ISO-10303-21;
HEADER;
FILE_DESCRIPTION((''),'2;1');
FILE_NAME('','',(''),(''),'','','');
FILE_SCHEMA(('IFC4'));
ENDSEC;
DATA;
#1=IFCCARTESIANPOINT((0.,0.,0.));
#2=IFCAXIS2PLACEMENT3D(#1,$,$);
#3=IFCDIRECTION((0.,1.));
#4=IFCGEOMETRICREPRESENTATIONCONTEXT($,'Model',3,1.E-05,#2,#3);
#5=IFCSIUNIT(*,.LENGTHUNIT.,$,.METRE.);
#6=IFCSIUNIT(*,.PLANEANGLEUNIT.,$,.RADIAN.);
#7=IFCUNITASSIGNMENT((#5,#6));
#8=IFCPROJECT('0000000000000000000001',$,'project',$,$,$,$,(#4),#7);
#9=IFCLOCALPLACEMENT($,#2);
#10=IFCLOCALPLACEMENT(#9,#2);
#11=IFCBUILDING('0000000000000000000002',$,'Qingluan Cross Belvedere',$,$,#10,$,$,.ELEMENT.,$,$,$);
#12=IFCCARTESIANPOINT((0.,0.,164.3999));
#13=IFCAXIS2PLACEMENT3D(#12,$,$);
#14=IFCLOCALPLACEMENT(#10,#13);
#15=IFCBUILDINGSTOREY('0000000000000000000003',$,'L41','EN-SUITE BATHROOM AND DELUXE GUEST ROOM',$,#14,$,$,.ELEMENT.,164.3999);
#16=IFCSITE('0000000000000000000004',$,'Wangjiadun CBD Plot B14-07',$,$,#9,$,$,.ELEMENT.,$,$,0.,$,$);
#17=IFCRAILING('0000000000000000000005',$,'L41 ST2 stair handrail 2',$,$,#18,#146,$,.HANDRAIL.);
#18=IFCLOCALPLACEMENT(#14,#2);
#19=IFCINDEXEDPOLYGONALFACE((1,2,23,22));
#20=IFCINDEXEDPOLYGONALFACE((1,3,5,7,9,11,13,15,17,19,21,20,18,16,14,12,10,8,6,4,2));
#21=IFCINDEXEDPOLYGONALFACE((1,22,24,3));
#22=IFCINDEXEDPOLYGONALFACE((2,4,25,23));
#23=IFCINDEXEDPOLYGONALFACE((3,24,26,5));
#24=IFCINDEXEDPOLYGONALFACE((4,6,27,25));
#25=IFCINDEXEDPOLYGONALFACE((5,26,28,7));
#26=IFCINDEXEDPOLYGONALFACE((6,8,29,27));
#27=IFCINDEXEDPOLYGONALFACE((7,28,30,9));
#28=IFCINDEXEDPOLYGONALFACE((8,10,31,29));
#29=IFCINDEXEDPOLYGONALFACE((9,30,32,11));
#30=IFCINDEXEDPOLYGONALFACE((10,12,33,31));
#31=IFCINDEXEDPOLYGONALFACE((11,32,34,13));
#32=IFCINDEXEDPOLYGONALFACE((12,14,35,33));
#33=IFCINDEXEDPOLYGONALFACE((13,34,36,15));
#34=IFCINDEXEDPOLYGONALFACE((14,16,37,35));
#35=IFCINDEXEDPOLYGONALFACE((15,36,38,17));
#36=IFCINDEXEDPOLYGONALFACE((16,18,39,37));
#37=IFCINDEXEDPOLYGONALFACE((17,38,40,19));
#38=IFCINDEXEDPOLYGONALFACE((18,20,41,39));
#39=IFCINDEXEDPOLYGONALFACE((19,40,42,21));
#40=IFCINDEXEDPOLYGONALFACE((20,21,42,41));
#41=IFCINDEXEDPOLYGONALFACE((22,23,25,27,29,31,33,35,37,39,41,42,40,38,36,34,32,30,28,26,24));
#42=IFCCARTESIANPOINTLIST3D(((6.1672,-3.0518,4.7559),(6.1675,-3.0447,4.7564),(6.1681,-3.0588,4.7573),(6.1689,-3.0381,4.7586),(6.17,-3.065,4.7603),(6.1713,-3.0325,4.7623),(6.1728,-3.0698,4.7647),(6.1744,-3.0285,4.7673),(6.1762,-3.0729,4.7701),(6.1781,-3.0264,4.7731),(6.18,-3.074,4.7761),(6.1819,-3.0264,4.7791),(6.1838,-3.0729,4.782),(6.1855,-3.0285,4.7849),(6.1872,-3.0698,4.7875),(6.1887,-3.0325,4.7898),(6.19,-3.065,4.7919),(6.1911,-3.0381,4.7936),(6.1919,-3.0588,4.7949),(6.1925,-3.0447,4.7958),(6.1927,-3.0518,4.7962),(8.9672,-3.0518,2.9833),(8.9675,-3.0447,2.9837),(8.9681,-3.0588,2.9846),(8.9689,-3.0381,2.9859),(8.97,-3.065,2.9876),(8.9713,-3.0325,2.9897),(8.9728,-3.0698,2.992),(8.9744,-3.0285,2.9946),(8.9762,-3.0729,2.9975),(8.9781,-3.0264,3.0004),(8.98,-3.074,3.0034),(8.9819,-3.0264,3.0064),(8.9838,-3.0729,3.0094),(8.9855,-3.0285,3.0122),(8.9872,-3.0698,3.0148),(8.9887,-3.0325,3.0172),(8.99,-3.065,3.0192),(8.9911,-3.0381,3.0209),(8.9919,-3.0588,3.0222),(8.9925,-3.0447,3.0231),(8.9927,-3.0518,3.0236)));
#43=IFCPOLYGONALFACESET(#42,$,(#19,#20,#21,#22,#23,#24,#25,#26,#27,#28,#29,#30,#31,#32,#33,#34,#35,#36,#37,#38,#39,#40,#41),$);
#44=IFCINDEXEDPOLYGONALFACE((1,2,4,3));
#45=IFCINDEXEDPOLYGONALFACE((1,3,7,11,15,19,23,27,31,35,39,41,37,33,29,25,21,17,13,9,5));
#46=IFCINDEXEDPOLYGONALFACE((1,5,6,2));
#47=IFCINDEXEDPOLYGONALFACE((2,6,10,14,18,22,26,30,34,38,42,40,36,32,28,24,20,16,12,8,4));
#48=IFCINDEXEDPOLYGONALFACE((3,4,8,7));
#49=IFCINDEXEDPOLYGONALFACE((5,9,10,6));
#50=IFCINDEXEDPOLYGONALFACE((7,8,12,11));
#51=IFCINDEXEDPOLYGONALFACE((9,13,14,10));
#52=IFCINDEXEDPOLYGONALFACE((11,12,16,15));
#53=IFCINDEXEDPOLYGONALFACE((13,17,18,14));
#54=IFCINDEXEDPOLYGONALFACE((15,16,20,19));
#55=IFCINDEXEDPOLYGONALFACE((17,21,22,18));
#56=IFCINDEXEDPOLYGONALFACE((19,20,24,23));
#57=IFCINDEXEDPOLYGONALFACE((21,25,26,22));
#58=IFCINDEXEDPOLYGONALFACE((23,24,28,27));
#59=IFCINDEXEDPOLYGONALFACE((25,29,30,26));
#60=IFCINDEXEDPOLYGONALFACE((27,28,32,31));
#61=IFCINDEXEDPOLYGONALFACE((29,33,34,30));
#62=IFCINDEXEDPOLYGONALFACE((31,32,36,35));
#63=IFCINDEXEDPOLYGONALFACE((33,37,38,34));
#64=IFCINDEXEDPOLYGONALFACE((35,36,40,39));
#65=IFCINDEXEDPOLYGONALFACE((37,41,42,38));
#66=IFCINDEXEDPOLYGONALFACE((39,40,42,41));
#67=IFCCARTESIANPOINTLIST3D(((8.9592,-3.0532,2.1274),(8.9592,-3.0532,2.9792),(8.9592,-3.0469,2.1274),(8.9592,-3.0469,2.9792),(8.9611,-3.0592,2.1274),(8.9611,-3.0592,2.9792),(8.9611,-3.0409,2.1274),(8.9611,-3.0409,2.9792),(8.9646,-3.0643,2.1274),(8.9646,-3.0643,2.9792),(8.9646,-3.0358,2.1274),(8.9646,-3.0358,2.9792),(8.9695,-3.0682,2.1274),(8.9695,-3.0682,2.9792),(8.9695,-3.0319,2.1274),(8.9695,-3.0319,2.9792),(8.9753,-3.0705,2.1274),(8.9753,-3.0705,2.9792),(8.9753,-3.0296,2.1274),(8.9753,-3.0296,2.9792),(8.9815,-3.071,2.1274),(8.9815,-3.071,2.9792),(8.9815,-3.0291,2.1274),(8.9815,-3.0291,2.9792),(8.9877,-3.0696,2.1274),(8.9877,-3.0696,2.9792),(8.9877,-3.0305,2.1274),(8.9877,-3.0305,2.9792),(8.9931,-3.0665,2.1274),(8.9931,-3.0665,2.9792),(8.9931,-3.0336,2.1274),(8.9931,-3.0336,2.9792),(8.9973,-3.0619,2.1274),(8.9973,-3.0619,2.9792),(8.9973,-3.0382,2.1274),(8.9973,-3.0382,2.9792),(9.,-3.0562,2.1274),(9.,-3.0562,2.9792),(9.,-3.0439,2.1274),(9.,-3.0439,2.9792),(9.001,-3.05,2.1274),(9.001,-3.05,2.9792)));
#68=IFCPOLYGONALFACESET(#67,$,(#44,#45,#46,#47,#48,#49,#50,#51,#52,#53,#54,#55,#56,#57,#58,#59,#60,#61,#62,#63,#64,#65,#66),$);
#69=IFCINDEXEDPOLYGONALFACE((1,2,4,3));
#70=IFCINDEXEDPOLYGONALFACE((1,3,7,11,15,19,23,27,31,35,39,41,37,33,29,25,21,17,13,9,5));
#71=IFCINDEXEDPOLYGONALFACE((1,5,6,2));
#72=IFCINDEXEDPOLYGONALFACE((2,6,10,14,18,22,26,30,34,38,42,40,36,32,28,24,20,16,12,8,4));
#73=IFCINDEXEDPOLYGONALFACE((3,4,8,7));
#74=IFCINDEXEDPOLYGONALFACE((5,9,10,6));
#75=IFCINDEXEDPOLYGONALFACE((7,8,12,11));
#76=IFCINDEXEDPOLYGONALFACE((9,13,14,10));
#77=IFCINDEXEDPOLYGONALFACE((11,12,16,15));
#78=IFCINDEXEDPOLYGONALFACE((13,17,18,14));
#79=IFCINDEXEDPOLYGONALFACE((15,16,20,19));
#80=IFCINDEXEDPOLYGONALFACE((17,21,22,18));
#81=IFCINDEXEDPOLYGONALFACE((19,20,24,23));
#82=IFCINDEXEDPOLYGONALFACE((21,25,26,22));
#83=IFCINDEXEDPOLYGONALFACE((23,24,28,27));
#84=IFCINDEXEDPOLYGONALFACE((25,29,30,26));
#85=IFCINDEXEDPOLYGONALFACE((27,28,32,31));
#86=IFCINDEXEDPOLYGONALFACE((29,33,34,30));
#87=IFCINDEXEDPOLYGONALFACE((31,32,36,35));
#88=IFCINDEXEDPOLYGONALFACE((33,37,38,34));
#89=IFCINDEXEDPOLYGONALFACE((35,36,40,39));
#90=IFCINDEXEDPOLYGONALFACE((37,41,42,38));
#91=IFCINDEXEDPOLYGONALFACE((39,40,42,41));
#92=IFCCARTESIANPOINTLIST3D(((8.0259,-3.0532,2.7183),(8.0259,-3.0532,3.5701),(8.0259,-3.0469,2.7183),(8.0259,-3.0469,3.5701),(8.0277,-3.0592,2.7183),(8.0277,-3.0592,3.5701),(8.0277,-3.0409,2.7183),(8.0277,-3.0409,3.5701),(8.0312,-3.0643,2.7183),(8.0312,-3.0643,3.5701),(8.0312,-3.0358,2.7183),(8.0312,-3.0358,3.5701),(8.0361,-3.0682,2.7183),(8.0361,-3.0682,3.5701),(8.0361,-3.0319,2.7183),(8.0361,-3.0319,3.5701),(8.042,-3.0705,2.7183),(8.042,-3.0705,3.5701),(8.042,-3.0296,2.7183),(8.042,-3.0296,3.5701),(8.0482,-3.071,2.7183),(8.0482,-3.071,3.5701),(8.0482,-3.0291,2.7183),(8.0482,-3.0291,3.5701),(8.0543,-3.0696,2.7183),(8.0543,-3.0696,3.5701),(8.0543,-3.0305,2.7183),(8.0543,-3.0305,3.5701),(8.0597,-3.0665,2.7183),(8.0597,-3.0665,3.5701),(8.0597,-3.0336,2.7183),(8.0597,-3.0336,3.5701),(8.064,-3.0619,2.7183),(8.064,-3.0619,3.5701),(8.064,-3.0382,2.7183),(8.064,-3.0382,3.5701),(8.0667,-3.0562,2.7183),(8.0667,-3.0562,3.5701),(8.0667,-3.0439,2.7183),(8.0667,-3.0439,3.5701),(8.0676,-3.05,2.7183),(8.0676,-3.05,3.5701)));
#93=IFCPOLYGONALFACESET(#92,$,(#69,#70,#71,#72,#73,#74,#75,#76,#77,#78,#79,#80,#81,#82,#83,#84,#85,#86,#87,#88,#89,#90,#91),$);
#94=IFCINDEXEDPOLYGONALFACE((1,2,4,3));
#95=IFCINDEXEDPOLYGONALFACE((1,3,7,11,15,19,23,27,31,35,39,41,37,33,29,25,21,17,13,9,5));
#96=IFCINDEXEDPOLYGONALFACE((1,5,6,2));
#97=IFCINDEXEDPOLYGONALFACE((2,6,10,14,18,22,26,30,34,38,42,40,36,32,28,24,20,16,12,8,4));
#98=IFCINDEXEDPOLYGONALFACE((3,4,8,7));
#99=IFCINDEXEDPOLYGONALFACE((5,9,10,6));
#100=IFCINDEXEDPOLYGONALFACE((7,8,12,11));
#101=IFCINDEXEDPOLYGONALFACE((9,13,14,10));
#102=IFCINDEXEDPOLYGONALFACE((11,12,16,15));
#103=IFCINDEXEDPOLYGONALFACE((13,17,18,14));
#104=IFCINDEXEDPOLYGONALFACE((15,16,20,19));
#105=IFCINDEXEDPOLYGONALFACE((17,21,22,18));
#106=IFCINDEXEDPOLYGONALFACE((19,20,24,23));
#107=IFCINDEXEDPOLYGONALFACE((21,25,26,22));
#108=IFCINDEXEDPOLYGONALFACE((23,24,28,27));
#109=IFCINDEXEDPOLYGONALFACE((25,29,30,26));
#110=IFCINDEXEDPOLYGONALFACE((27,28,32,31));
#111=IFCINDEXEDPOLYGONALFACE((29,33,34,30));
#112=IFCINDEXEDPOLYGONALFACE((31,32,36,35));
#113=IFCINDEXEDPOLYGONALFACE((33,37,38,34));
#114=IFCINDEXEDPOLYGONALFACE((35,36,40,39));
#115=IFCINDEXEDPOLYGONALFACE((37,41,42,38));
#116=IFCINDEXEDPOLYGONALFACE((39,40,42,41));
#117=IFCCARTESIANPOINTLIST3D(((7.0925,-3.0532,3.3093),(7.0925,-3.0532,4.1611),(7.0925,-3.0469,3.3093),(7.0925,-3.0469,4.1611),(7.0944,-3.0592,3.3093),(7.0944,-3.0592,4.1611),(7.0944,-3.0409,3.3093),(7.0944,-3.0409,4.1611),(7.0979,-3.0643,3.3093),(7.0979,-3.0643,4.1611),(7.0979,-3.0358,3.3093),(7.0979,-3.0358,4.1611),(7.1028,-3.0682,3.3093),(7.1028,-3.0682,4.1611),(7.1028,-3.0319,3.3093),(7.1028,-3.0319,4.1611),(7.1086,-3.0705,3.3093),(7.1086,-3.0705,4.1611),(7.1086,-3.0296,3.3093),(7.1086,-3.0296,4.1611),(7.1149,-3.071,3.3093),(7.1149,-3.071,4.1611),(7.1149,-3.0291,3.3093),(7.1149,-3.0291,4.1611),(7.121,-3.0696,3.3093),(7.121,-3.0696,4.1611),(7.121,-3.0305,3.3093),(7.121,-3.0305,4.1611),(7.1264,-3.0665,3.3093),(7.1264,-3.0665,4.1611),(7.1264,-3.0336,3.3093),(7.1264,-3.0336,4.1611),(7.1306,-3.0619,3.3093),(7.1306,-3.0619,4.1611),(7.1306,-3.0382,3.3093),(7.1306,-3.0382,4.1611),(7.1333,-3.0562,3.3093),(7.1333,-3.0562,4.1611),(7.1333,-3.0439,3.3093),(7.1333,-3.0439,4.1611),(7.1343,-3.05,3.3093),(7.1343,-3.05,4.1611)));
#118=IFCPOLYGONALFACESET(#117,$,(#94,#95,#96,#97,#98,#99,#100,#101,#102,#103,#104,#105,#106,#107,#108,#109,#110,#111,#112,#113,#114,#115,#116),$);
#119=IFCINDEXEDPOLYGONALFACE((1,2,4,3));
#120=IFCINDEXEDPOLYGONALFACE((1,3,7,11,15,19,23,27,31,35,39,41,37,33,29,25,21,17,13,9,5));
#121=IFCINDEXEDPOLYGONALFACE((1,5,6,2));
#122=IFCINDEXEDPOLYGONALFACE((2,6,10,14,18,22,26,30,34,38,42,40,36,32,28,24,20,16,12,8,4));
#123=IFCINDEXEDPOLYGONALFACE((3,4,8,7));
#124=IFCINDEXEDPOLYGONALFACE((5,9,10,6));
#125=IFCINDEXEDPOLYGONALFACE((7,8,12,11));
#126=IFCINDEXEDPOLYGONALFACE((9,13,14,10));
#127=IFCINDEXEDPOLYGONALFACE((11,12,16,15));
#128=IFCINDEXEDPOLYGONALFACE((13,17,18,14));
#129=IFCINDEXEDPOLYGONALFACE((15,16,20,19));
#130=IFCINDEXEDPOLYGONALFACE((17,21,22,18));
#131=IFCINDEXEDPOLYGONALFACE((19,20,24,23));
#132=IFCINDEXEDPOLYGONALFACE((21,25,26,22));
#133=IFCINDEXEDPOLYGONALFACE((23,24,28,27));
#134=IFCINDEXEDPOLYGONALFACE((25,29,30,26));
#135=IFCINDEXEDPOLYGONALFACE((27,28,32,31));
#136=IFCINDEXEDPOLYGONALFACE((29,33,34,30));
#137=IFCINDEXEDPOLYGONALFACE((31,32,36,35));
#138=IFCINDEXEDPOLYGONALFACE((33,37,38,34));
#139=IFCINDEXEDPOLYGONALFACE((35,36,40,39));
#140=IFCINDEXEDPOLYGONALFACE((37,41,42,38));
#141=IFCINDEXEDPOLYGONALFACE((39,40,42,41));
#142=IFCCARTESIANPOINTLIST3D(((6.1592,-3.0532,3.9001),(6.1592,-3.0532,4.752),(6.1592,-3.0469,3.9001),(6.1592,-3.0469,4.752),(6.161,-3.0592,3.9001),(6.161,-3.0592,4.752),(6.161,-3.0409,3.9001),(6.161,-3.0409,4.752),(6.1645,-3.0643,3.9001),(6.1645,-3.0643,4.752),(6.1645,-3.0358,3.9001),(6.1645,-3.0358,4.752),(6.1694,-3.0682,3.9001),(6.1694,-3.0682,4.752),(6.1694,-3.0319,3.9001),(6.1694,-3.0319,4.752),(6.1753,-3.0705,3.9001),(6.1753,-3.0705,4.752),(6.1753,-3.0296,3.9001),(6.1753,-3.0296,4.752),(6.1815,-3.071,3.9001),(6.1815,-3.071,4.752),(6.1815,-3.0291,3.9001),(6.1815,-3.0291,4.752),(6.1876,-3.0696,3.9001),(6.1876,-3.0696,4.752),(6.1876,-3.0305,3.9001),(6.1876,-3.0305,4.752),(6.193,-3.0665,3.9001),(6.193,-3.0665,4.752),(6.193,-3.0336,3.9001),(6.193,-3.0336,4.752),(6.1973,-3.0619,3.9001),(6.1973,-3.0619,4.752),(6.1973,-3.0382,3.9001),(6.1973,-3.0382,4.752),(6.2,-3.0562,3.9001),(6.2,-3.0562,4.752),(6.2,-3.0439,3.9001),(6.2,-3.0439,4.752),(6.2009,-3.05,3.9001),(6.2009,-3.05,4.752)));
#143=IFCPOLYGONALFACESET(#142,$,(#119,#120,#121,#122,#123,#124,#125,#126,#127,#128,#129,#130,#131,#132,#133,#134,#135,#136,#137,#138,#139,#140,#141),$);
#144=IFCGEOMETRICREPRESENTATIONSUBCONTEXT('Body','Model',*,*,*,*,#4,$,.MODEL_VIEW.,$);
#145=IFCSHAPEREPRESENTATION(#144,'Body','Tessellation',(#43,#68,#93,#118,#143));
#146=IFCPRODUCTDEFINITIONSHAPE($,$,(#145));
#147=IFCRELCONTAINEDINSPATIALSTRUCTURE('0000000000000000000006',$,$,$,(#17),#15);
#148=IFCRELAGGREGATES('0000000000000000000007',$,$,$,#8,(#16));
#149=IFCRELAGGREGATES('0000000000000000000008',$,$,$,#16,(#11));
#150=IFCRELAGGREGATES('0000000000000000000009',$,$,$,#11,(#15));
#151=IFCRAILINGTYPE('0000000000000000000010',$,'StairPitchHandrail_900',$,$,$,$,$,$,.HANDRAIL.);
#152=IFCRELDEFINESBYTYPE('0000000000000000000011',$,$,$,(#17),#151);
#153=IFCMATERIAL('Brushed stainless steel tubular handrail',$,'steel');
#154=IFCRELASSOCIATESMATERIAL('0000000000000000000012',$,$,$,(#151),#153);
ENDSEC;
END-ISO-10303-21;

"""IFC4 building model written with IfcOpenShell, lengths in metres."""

from ifc_helpers import new_model, si_unit, direction, frame, origin, origin_2d, place, context, subcontext, project, spatial, circle, extrude, material, type_object, element, save


model = new_model("IFC4")

# Units and contexts
model_context = context("Model", 3, precision=1e-05, world=origin(), true_north=direction((0.0, 1.0)))
body_context = subcontext(model_context, "Body", "Model", "MODEL_VIEW")
ifc_project = project(units=[si_unit("LENGTHUNIT", "METRE"), si_unit("PLANEANGLEUNIT", "RADIAN")], contexts=[model_context])

# Site, building, storey
site_placement = place(None, origin())
site = spatial("IfcSite", under=ifc_project, at=site_placement, Name="Wangjiadun CBD Plot B14-07", CompositionType="ELEMENT", RefElevation=0.0)
building_placement = place(site_placement, origin())
building = spatial("IfcBuilding", under=site, at=building_placement, Name="Qingluan Cross Belvedere", CompositionType="ELEMENT")
storey_placement = place(building_placement, frame((0.0, 0.0, 164.3999)))
storey = spatial("IfcBuildingStorey", under=building, at=storey_placement, Name="L41", Description="EN-SUITE BATHROOM AND DELUXE GUEST ROOM", CompositionType="ELEMENT", Elevation=164.3999)

# Railing
ifc_material_1 = material(Name="Brushed stainless steel tubular handrail", Category="steel")
railing_type_1 = type_object("IfcRailingType", Name="StairPitchHandrail_900", PredefinedType="HANDRAIL", material=ifc_material_1)
railing_1_placement = place(storey_placement, frame((8.98, -3.05, 2.1274)))
element("IfcRailing", 1, at=railing_1_placement, inside=storey, type_object=railing_type_1, Name="L41 ST2 stair handrail 2", PredefinedType="HANDRAIL", context=body_context, shape_type="SweptSolid", body=[
    extrude(circle(Radius=0.0239, at=origin_2d()), frame((0.0, 0.0, 0.876), z_axis=(-0.844909, 0.0, 0.53491), x_axis=(0.0, -1.0, 0.0)), (0.0, 0.0, 1.0), 3.314),
    extrude(circle(Radius=0.021, at=origin_2d()), origin(), (0.0, 0.0, 1.0), 0.8518),
    extrude(circle(Radius=0.021, at=origin_2d()), frame((-0.9333, 0.0, 0.5908)), (0.0, 0.0, 1.0), 0.8518),
    extrude(circle(Radius=0.021, at=origin_2d()), frame((-1.8667, 0.0, 1.1819)), (0.0, 0.0, 1.0), 0.8518),
    extrude(circle(Radius=0.021, at=origin_2d()), frame((-2.8, 0.0, 1.7727)), (0.0, 0.0, 1.0), 0.8518),
])

save(model, "model.ifc")
